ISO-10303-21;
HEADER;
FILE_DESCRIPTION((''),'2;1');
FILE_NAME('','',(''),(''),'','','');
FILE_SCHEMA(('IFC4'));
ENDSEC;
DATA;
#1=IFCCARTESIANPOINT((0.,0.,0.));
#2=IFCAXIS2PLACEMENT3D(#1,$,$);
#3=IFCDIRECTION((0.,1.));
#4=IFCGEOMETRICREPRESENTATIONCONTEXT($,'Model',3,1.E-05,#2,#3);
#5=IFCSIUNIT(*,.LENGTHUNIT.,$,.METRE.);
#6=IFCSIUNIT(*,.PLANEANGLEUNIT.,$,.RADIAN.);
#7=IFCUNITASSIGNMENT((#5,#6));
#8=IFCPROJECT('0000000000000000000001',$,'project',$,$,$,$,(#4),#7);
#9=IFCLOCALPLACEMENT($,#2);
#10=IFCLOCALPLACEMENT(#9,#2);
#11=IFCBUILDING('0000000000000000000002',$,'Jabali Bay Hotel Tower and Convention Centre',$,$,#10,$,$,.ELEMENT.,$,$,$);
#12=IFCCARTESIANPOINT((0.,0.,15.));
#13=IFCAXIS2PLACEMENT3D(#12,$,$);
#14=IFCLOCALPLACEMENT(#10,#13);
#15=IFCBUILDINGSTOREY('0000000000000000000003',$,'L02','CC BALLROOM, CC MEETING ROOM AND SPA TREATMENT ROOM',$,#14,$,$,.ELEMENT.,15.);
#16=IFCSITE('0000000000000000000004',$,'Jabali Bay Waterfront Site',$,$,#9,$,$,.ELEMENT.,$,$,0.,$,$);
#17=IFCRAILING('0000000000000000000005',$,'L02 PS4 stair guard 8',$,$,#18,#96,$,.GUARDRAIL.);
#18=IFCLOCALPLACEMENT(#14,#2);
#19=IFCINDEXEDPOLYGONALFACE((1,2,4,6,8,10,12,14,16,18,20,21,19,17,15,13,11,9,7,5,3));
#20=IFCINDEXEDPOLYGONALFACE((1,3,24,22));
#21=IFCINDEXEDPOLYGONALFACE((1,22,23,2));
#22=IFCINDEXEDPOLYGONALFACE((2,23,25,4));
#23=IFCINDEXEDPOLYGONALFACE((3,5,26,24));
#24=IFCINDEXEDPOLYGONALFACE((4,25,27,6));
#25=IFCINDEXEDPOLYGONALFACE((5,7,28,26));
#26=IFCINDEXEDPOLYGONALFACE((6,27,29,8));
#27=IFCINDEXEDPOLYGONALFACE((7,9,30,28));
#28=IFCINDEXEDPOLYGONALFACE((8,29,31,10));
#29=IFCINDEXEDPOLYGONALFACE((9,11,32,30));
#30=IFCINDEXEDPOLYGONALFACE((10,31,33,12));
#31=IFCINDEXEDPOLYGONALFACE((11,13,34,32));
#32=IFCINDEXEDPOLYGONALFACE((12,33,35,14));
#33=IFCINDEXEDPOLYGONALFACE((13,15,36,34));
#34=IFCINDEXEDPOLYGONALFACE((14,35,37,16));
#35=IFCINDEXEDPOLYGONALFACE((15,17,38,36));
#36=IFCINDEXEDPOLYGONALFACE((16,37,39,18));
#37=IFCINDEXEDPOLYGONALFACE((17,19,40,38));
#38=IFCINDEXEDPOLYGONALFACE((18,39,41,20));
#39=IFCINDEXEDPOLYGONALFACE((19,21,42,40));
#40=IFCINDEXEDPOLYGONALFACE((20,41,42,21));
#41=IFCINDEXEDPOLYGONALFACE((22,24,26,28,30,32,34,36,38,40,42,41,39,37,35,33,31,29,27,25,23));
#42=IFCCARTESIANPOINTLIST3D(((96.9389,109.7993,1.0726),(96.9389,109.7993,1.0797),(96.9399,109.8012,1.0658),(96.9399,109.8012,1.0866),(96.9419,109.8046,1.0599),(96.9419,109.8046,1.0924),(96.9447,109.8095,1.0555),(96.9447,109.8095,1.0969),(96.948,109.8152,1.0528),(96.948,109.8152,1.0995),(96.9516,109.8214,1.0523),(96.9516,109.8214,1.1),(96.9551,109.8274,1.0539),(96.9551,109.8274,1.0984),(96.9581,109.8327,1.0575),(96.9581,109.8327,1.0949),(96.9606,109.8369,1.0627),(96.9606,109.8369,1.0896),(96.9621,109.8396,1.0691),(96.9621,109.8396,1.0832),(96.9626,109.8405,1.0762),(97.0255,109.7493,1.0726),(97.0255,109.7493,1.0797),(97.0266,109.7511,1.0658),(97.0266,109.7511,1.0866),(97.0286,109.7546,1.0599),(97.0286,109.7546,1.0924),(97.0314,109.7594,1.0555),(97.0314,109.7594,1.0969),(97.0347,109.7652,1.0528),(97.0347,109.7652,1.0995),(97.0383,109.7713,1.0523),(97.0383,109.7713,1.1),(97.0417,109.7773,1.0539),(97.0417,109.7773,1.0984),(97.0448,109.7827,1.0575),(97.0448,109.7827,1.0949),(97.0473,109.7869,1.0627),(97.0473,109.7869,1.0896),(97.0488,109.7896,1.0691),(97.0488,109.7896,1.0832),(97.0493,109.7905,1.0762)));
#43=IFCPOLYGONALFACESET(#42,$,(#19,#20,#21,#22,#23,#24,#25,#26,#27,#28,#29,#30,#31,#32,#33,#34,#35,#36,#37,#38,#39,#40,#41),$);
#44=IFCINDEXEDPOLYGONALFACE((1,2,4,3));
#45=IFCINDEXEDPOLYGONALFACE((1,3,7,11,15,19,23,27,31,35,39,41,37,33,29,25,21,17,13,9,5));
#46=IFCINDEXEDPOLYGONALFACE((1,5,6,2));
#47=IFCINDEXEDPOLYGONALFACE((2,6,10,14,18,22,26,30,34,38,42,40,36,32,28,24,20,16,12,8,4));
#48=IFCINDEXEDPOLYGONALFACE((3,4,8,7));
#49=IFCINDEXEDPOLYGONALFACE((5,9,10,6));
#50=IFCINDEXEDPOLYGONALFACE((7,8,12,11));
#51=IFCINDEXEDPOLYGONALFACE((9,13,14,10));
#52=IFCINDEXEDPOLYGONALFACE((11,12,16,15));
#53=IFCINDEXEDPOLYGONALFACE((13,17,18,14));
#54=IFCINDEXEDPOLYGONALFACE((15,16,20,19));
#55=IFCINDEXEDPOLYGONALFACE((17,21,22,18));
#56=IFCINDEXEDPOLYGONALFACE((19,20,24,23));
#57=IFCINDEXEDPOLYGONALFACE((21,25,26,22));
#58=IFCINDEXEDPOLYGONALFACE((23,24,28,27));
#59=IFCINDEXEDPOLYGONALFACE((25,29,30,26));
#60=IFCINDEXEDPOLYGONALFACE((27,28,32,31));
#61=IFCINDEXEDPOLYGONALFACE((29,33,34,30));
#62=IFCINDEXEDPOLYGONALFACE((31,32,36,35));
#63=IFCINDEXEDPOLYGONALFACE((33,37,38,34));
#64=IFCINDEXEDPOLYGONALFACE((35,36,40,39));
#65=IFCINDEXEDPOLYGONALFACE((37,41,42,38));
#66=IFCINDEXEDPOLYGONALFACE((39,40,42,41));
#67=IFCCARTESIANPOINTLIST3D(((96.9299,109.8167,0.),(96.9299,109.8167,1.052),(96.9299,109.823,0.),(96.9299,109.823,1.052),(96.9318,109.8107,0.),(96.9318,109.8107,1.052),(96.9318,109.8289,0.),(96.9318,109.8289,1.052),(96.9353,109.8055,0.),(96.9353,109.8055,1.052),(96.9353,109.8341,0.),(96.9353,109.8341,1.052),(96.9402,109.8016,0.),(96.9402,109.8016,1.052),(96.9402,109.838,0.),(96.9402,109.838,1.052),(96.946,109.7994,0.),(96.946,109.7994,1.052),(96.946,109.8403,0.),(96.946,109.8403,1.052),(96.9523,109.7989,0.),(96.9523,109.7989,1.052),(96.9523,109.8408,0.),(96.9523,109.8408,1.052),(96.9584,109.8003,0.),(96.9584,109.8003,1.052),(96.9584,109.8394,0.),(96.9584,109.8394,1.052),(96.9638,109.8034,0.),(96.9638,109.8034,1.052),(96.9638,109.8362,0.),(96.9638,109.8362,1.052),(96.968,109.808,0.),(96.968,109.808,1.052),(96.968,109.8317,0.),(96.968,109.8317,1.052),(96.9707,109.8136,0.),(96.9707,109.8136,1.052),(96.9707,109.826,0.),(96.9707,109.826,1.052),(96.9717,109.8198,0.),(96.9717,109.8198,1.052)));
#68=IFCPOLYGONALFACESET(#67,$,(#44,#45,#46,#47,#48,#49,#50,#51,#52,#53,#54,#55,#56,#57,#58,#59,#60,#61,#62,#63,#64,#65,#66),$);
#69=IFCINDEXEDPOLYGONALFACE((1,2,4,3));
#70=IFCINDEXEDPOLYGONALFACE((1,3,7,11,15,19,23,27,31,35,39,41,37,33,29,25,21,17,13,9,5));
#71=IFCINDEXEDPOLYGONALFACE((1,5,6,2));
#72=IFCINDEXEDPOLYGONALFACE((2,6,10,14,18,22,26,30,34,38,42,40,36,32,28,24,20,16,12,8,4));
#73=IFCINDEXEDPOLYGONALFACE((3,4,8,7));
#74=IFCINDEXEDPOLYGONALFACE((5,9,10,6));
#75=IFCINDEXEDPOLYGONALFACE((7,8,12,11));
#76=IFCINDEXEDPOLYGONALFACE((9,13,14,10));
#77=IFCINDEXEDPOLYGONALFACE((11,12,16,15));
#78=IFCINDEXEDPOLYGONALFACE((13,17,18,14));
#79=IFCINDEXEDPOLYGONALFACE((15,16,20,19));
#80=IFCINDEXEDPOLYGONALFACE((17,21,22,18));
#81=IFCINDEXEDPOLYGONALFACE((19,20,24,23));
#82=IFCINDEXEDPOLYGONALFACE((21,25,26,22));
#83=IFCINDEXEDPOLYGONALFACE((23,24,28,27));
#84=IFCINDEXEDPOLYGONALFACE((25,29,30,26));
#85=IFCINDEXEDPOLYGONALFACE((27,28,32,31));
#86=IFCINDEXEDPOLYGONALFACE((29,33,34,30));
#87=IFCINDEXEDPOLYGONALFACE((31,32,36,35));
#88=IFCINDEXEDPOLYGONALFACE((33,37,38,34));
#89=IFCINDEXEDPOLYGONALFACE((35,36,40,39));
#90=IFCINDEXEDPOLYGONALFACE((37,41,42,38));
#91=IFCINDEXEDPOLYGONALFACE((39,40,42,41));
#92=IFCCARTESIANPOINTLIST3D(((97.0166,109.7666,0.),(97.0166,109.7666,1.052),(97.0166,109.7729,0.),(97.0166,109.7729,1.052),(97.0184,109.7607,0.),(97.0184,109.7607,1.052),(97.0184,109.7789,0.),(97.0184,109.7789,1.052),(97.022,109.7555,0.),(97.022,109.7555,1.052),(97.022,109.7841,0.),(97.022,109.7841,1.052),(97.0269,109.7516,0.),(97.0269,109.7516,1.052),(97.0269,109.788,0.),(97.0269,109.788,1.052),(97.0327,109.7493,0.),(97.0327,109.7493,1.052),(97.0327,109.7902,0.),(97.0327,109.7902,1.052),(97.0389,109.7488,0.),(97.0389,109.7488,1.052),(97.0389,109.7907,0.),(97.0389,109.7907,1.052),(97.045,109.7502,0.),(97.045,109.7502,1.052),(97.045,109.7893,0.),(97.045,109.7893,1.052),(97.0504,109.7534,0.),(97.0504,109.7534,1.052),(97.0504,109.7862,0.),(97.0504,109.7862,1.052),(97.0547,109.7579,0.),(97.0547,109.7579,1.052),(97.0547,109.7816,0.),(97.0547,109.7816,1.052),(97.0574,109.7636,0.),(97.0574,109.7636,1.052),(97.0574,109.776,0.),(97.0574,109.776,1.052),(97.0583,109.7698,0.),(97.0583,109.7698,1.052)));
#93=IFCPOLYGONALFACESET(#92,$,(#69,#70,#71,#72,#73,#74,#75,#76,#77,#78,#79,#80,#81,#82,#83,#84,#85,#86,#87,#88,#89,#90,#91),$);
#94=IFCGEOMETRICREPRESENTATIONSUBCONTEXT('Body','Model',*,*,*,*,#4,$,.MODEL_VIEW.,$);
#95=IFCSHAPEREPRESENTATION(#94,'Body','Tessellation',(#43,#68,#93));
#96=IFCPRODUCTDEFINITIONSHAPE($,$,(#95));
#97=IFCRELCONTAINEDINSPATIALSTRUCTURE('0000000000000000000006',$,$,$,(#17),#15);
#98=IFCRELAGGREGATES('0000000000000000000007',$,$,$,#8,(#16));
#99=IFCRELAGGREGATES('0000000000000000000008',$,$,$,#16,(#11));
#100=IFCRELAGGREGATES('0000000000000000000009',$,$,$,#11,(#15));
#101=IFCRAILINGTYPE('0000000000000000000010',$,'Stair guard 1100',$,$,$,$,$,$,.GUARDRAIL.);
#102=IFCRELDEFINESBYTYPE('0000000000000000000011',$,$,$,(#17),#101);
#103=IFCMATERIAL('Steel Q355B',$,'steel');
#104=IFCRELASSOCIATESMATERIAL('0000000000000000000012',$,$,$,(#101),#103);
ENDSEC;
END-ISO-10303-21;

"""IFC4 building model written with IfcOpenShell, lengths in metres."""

from ifc_helpers import new_model, si_unit, direction, frame, origin, origin_2d, place, context, subcontext, project, spatial, circle, extrude, material, type_object, element, save


model = new_model("IFC4")

# Units and contexts
model_context = context("Model", 3, precision=1e-05, world=origin(), true_north=direction((0.0, 1.0)))
body_context = subcontext(model_context, "Body", "Model", "MODEL_VIEW")
ifc_project = project(units=[si_unit("LENGTHUNIT", "METRE"), si_unit("PLANEANGLEUNIT", "RADIAN")], contexts=[model_context])

# Site, building, storey
site_placement = place(None, origin())
site = spatial("IfcSite", under=ifc_project, at=site_placement, Name="Jabali Bay Waterfront Site", CompositionType="ELEMENT", RefElevation=0.0)
building_placement = place(site_placement, origin())
building = spatial("IfcBuilding", under=site, at=building_placement, Name="Jabali Bay Hotel Tower and Convention Centre", CompositionType="ELEMENT")
storey_placement = place(building_placement, frame((0.0, 0.0, 15.0)))
storey = spatial("IfcBuildingStorey", under=building, at=storey_placement, Name="L02", Description="CC BALLROOM, CC MEETING ROOM AND SPA TREATMENT ROOM", CompositionType="ELEMENT", Elevation=15.0)

# Railing
ifc_material_1 = material(Name="Steel Q355B", Category="steel")
railing_type_1 = type_object("IfcRailingType", Name="Stair guard 1100", PredefinedType="GUARDRAIL", material=ifc_material_1)
railing_1_placement = place(storey_placement, frame((96.9507, 109.8198, 0.0)))
element("IfcRailing", 1, at=railing_1_placement, inside=storey, type_object=railing_type_1, Name="L02 PS4 stair guard 8", PredefinedType="GUARDRAIL", context=body_context, shape_type="SweptSolid", body=[
    extrude(circle(Radius=0.0239, at=origin_2d()), frame((0.0, 0.0, 1.0762), z_axis=(0.865982, -0.500074, 0.0), x_axis=(0.500074, 0.865982, 0.0)), (0.0, 0.0, 1.0), 0.1001),
    extrude(circle(Radius=0.021, at=origin_2d()), origin(), (0.0, 0.0, 1.0), 1.052),
    extrude(circle(Radius=0.021, at=origin_2d()), frame((0.0867, -0.05, 0.0)), (0.0, 0.0, 1.0), 1.052),
])

save(model, "model.ifc")
